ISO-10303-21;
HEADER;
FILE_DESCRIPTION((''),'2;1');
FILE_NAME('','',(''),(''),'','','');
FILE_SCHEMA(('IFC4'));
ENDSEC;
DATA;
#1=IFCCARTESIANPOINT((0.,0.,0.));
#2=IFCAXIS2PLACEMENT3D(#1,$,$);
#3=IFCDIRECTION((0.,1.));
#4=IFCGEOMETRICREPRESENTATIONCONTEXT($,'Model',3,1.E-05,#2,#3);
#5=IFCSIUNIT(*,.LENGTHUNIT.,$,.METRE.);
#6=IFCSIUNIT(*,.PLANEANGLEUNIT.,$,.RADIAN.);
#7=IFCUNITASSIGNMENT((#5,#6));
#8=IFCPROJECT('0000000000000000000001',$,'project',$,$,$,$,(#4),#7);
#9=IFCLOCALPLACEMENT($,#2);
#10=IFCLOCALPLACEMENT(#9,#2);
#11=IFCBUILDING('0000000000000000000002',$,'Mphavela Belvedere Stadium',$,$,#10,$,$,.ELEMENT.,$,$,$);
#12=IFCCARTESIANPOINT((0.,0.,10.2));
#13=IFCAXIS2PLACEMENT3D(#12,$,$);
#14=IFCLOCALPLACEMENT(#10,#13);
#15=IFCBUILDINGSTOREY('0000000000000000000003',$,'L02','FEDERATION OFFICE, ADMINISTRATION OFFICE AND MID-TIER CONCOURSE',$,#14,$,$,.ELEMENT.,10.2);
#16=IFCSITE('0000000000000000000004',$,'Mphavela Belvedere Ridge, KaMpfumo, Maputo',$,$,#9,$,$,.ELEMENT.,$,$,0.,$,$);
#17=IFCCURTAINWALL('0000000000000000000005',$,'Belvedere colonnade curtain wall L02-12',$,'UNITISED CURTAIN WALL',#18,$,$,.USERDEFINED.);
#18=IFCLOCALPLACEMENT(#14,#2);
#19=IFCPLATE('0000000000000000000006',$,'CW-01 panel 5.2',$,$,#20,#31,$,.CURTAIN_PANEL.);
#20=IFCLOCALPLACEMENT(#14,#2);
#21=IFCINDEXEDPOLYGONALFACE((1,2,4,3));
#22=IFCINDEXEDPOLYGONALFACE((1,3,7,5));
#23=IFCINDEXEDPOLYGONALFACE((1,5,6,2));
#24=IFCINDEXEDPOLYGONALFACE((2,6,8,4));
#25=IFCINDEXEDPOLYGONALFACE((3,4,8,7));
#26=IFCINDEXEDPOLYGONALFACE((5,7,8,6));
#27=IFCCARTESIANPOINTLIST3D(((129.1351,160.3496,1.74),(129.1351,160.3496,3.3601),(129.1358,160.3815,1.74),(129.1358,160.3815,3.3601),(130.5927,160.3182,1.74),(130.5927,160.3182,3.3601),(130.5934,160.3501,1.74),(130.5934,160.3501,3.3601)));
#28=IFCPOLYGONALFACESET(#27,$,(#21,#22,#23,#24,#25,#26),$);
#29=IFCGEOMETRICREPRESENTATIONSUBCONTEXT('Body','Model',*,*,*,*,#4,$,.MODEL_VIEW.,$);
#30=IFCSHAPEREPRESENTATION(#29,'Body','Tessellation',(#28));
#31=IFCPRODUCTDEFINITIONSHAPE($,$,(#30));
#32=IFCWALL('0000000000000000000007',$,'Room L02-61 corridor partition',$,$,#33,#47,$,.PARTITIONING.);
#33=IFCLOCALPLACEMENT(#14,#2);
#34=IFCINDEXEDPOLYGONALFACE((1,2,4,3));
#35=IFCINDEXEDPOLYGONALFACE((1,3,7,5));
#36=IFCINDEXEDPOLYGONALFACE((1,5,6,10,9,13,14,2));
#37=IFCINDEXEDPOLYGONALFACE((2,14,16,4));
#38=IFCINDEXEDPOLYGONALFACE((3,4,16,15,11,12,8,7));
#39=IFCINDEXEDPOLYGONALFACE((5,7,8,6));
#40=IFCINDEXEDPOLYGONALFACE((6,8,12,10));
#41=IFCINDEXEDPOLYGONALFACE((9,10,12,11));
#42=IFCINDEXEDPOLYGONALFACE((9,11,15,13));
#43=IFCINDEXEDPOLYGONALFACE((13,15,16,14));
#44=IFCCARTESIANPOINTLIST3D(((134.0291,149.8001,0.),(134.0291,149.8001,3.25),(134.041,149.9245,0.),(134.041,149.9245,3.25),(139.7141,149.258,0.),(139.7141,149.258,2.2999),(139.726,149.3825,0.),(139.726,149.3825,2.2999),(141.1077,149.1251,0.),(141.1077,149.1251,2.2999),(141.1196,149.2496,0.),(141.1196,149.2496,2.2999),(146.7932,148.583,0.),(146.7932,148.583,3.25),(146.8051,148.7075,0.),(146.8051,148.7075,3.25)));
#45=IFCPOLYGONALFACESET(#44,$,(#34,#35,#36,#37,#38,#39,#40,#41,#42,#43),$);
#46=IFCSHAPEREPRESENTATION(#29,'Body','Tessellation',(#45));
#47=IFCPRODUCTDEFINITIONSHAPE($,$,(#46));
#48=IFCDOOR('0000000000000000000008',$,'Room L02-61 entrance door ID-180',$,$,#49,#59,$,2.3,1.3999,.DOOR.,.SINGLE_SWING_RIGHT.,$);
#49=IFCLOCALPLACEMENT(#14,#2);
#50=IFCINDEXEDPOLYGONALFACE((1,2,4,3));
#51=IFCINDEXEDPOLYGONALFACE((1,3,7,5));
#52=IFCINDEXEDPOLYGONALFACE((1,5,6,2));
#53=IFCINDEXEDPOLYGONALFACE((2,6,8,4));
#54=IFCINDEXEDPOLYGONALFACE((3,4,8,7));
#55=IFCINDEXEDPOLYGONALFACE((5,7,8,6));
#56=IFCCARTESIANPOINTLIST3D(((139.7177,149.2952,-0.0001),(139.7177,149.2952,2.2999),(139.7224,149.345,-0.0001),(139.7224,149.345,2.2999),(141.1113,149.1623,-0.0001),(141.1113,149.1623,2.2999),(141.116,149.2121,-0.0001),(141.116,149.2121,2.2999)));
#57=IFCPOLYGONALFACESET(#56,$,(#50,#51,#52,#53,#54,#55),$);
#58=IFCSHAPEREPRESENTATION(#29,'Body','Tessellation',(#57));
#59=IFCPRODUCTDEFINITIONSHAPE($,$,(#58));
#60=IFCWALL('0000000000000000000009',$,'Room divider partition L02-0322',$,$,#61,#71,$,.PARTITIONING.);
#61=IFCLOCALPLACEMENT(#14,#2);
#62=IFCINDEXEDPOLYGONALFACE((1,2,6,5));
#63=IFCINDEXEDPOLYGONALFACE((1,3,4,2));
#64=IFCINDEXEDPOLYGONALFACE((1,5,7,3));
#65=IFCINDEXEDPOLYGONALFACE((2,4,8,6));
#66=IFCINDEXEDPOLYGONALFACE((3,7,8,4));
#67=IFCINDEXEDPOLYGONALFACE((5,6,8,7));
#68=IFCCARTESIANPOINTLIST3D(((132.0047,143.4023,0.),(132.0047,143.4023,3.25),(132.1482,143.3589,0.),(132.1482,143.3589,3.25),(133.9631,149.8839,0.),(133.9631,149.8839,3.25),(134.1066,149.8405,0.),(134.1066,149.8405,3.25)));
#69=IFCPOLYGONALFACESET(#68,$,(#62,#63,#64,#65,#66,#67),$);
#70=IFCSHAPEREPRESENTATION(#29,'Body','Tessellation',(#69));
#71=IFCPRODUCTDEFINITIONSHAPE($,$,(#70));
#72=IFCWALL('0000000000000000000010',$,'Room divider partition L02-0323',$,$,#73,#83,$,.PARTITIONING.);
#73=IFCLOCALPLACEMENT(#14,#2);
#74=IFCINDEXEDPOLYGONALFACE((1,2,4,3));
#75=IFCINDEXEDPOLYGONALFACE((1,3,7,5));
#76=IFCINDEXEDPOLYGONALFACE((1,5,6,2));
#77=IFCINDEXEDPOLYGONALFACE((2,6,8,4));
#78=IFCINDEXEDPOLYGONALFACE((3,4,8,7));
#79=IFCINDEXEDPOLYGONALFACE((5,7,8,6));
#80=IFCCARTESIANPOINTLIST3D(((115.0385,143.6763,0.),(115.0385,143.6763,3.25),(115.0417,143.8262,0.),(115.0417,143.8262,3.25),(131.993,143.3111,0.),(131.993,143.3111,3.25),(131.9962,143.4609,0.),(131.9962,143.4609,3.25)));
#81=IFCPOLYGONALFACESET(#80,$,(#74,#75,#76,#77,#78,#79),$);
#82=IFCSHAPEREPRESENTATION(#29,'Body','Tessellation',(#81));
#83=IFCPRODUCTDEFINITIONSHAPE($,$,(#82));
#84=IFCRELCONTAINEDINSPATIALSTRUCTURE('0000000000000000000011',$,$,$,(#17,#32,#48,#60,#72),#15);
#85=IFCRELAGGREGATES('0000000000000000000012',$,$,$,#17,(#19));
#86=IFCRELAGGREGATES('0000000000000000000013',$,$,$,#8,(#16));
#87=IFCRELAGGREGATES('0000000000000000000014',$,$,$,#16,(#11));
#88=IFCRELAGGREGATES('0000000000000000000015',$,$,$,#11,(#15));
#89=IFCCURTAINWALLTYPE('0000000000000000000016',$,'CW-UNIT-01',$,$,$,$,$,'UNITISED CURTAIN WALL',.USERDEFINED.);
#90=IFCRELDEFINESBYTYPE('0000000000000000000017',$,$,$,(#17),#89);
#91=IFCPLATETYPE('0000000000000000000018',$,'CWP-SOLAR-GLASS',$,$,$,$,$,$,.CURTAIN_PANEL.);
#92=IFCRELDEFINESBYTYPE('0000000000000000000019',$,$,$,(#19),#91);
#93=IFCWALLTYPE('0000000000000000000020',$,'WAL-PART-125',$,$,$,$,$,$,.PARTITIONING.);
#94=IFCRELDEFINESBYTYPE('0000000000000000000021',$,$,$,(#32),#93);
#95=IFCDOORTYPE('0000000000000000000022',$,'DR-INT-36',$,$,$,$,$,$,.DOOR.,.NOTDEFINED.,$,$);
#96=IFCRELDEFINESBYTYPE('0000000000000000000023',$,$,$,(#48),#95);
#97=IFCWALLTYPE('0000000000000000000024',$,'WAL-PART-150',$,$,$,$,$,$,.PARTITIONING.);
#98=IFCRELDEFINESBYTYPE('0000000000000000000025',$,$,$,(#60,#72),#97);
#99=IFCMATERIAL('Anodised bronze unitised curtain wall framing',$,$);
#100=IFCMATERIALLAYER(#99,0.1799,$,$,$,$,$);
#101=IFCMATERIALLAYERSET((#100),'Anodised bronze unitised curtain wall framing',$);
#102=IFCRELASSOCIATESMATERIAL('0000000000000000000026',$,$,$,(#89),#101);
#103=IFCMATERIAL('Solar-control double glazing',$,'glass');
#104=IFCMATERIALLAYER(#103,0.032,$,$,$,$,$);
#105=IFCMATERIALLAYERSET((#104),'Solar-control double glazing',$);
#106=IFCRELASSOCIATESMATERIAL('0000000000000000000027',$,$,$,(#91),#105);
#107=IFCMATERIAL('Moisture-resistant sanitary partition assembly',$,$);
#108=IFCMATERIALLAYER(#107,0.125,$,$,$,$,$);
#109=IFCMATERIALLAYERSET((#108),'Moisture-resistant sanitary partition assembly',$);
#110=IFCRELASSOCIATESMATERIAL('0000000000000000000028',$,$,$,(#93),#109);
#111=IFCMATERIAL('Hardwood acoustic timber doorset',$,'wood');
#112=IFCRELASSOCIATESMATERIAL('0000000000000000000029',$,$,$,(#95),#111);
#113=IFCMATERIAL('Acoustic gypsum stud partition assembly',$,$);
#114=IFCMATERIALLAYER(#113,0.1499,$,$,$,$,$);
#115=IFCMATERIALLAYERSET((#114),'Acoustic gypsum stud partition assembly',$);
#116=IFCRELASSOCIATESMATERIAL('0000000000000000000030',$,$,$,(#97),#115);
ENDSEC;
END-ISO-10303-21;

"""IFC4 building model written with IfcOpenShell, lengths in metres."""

from ifc_helpers import new_model, si_unit, direction, frame, frame_2d, origin, origin_2d, place, context, subcontext, project, spatial, rectangle, extrude, material, layer, layer_set, type_object, element, fill, aggregate, save


model = new_model("IFC4")

# Units and contexts
model_context = context("Model", 3, precision=1e-05, world=origin(), true_north=direction((0.0, 1.0)))
body_context = subcontext(model_context, "Body", "Model", "MODEL_VIEW")
ifc_project = project(units=[si_unit("LENGTHUNIT", "METRE"), si_unit("PLANEANGLEUNIT", "RADIAN")], contexts=[model_context])

# Site, building, storey
site_placement = place(None, origin())
site = spatial("IfcSite", under=ifc_project, at=site_placement, Name="Mphavela Belvedere Ridge, KaMpfumo, Maputo", CompositionType="ELEMENT", RefElevation=0.0)
building_placement = place(site_placement, origin())
building = spatial("IfcBuilding", under=site, at=building_placement, Name="Mphavela Belvedere Stadium", CompositionType="ELEMENT")
storey_placement = place(building_placement, frame((0.0, 0.0, 10.2)))
storey = spatial("IfcBuildingStorey", under=building, at=storey_placement, Name="L02", Description="FEDERATION OFFICE, ADMINISTRATION OFFICE AND MID-TIER CONCOURSE", CompositionType="ELEMENT", Elevation=10.2)

# Curtain wall, plate
ifc_material_1 = material(Name="Anodised bronze unitised curtain wall framing")
ifc_layer_1 = layer(ifc_material_1, 0.1799)
ifc_layer_set_1 = layer_set([ifc_layer_1], Name="Anodised bronze unitised curtain wall framing")
curtain_wall_type = type_object("IfcCurtainWallType", Name="CW-UNIT-01", ElementType="UNITISED CURTAIN WALL", PredefinedType="USERDEFINED", material=ifc_layer_set_1)
curtain_wall_placement = place(storey_placement, origin())
curtain_wall = element("IfcCurtainWall", 1, at=curtain_wall_placement, inside=storey, type_object=curtain_wall_type, Name="Belvedere colonnade curtain wall L02-12", ObjectType="UNITISED CURTAIN WALL", PredefinedType="USERDEFINED")
ifc_material_2 = material(Name="Solar-control double glazing", Category="glass")
ifc_layer_2 = layer(ifc_material_2, 0.032)
ifc_layer_set_2 = layer_set([ifc_layer_2], Name="Solar-control double glazing")
plate_type = type_object("IfcPlateType", Name="CWP-SOLAR-GLASS", PredefinedType="CURTAIN_PANEL", material=ifc_layer_set_2)
plate_1_placement = place(storey_placement, frame((129.8643, 160.3499, 1.74), z_axis=(0.0, 0.0, 1.0), x_axis=(-0.999768, 0.021525, 0.0)))
plate_1 = element("IfcPlate", 2, at=plate_1_placement, type_object=plate_type, Name="CW-01 panel 5.2", PredefinedType="CURTAIN_PANEL", context=body_context, shape_type="SweptSolid", body=[
    extrude(rectangle(XDim=1.458, YDim=0.032, at=origin_2d()), origin(), (0.0, 0.0, 1.0), 1.6201),
])
aggregate(curtain_wall, [plate_1])

# Wall, opening, door
ifc_material_3 = material(Name="Moisture-resistant sanitary partition assembly")
ifc_layer_3 = layer(ifc_material_3, 0.125)
ifc_layer_set_3 = layer_set([ifc_layer_3], Name="Moisture-resistant sanitary partition assembly")
wall_type_1 = type_object("IfcWallType", Name="WAL-PART-125", PredefinedType="PARTITIONING", material=ifc_layer_set_3)
wall_1_placement = place(storey_placement, frame((134.0349, 149.8623, 0.0), z_axis=(0.0, 0.0, 1.0), x_axis=(0.995485, -0.094918, 0.0)))
wall_1 = element("IfcWall", 3, at=wall_1_placement, inside=storey, type_object=wall_type_1, Name="Room L02-61 corridor partition", PredefinedType="PARTITIONING", context=body_context, shape_type="SweptSolid", body=[
    extrude(rectangle(XDim=12.822, YDim=0.125, at=frame_2d((6.4111, 0.0))), origin(), (0.0, 0.0, 1.0), 3.25),
])
opening_placement = place(wall_1_placement, frame((5.7109, 0.0, 0.0)))
opening = element("IfcOpeningElement", 4, at=opening_placement, cuts=wall_1, PredefinedType="OPENING", context=body_context, shape_type="SweptSolid", body=[
    extrude(rectangle(XDim=1.3999, YDim=2.3, at=frame_2d((0.7, 1.1499))), frame((0.0, 0.0725, 0.0), z_axis=(0.0, -1.0, 0.0), x_axis=(1.0, 0.0, 0.0)), (0.0, 0.0, 1.0), 0.145),
])
ifc_material_4 = material(Name="Hardwood acoustic timber doorset", Category="wood")
door_type = type_object("IfcDoorType", Name="DR-INT-36", OperationType="NOTDEFINED", PredefinedType="DOOR", material=ifc_material_4)
door_placement = place(opening_placement, origin())
door = element("IfcDoor", 5, at=door_placement, inside=storey, type_object=door_type, Name="Room L02-61 entrance door ID-180", OperationType="SINGLE_SWING_RIGHT", OverallHeight=2.3, OverallWidth=1.3999, PredefinedType="DOOR", context=body_context, shape_type="SweptSolid", body=[
    extrude(rectangle(XDim=1.3999, YDim=2.3, at=frame_2d((0.7, 1.1499))), frame((0.0, 0.0249, 0.0), z_axis=(0.0, -1.0, 0.0), x_axis=(1.0, 0.0, 0.0)), (0.0, 0.0, 1.0), 0.05),
])
fill(opening, door)

# Walls
ifc_material_5 = material(Name="Acoustic gypsum stud partition assembly")
ifc_layer_4 = layer(ifc_material_5, 0.1499)
ifc_layer_set_4 = layer_set([ifc_layer_4], Name="Acoustic gypsum stud partition assembly")
wall_type_2 = type_object("IfcWallType", Name="WAL-PART-150", PredefinedType="PARTITIONING", material=ifc_layer_set_4)
wall_2_placement = place(storey_placement, frame((132.0764, 143.3806, 0.0), z_axis=(0.0, 0.0, 1.0), x_axis=(0.289243, 0.957256, 0.0)))
element("IfcWall", 6, at=wall_2_placement, inside=storey, type_object=wall_type_2, Name="Room divider partition L02-0322", PredefinedType="PARTITIONING", context=body_context, shape_type="SweptSolid", body=[
    extrude(rectangle(XDim=6.771, YDim=0.1499, at=frame_2d((3.3855, 0.0))), origin(), (0.0, 0.0, 1.0), 3.25),
])
wall_3_placement = place(storey_placement, frame((131.9946, 143.386, 0.0), z_axis=(0.0, 0.0, 1.0), x_axis=(-0.999768, 0.021537, 0.0)))
element("IfcWall", 7, at=wall_3_placement, inside=storey, type_object=wall_type_2, Name="Room divider partition L02-0323", PredefinedType="PARTITIONING", context=body_context, shape_type="SweptSolid", body=[
    extrude(rectangle(XDim=16.9585, YDim=0.1499, at=frame_2d((8.4792, 0.0))), origin(), (0.0, 0.0, 1.0), 3.25),
])

save(model, "model.ifc")
